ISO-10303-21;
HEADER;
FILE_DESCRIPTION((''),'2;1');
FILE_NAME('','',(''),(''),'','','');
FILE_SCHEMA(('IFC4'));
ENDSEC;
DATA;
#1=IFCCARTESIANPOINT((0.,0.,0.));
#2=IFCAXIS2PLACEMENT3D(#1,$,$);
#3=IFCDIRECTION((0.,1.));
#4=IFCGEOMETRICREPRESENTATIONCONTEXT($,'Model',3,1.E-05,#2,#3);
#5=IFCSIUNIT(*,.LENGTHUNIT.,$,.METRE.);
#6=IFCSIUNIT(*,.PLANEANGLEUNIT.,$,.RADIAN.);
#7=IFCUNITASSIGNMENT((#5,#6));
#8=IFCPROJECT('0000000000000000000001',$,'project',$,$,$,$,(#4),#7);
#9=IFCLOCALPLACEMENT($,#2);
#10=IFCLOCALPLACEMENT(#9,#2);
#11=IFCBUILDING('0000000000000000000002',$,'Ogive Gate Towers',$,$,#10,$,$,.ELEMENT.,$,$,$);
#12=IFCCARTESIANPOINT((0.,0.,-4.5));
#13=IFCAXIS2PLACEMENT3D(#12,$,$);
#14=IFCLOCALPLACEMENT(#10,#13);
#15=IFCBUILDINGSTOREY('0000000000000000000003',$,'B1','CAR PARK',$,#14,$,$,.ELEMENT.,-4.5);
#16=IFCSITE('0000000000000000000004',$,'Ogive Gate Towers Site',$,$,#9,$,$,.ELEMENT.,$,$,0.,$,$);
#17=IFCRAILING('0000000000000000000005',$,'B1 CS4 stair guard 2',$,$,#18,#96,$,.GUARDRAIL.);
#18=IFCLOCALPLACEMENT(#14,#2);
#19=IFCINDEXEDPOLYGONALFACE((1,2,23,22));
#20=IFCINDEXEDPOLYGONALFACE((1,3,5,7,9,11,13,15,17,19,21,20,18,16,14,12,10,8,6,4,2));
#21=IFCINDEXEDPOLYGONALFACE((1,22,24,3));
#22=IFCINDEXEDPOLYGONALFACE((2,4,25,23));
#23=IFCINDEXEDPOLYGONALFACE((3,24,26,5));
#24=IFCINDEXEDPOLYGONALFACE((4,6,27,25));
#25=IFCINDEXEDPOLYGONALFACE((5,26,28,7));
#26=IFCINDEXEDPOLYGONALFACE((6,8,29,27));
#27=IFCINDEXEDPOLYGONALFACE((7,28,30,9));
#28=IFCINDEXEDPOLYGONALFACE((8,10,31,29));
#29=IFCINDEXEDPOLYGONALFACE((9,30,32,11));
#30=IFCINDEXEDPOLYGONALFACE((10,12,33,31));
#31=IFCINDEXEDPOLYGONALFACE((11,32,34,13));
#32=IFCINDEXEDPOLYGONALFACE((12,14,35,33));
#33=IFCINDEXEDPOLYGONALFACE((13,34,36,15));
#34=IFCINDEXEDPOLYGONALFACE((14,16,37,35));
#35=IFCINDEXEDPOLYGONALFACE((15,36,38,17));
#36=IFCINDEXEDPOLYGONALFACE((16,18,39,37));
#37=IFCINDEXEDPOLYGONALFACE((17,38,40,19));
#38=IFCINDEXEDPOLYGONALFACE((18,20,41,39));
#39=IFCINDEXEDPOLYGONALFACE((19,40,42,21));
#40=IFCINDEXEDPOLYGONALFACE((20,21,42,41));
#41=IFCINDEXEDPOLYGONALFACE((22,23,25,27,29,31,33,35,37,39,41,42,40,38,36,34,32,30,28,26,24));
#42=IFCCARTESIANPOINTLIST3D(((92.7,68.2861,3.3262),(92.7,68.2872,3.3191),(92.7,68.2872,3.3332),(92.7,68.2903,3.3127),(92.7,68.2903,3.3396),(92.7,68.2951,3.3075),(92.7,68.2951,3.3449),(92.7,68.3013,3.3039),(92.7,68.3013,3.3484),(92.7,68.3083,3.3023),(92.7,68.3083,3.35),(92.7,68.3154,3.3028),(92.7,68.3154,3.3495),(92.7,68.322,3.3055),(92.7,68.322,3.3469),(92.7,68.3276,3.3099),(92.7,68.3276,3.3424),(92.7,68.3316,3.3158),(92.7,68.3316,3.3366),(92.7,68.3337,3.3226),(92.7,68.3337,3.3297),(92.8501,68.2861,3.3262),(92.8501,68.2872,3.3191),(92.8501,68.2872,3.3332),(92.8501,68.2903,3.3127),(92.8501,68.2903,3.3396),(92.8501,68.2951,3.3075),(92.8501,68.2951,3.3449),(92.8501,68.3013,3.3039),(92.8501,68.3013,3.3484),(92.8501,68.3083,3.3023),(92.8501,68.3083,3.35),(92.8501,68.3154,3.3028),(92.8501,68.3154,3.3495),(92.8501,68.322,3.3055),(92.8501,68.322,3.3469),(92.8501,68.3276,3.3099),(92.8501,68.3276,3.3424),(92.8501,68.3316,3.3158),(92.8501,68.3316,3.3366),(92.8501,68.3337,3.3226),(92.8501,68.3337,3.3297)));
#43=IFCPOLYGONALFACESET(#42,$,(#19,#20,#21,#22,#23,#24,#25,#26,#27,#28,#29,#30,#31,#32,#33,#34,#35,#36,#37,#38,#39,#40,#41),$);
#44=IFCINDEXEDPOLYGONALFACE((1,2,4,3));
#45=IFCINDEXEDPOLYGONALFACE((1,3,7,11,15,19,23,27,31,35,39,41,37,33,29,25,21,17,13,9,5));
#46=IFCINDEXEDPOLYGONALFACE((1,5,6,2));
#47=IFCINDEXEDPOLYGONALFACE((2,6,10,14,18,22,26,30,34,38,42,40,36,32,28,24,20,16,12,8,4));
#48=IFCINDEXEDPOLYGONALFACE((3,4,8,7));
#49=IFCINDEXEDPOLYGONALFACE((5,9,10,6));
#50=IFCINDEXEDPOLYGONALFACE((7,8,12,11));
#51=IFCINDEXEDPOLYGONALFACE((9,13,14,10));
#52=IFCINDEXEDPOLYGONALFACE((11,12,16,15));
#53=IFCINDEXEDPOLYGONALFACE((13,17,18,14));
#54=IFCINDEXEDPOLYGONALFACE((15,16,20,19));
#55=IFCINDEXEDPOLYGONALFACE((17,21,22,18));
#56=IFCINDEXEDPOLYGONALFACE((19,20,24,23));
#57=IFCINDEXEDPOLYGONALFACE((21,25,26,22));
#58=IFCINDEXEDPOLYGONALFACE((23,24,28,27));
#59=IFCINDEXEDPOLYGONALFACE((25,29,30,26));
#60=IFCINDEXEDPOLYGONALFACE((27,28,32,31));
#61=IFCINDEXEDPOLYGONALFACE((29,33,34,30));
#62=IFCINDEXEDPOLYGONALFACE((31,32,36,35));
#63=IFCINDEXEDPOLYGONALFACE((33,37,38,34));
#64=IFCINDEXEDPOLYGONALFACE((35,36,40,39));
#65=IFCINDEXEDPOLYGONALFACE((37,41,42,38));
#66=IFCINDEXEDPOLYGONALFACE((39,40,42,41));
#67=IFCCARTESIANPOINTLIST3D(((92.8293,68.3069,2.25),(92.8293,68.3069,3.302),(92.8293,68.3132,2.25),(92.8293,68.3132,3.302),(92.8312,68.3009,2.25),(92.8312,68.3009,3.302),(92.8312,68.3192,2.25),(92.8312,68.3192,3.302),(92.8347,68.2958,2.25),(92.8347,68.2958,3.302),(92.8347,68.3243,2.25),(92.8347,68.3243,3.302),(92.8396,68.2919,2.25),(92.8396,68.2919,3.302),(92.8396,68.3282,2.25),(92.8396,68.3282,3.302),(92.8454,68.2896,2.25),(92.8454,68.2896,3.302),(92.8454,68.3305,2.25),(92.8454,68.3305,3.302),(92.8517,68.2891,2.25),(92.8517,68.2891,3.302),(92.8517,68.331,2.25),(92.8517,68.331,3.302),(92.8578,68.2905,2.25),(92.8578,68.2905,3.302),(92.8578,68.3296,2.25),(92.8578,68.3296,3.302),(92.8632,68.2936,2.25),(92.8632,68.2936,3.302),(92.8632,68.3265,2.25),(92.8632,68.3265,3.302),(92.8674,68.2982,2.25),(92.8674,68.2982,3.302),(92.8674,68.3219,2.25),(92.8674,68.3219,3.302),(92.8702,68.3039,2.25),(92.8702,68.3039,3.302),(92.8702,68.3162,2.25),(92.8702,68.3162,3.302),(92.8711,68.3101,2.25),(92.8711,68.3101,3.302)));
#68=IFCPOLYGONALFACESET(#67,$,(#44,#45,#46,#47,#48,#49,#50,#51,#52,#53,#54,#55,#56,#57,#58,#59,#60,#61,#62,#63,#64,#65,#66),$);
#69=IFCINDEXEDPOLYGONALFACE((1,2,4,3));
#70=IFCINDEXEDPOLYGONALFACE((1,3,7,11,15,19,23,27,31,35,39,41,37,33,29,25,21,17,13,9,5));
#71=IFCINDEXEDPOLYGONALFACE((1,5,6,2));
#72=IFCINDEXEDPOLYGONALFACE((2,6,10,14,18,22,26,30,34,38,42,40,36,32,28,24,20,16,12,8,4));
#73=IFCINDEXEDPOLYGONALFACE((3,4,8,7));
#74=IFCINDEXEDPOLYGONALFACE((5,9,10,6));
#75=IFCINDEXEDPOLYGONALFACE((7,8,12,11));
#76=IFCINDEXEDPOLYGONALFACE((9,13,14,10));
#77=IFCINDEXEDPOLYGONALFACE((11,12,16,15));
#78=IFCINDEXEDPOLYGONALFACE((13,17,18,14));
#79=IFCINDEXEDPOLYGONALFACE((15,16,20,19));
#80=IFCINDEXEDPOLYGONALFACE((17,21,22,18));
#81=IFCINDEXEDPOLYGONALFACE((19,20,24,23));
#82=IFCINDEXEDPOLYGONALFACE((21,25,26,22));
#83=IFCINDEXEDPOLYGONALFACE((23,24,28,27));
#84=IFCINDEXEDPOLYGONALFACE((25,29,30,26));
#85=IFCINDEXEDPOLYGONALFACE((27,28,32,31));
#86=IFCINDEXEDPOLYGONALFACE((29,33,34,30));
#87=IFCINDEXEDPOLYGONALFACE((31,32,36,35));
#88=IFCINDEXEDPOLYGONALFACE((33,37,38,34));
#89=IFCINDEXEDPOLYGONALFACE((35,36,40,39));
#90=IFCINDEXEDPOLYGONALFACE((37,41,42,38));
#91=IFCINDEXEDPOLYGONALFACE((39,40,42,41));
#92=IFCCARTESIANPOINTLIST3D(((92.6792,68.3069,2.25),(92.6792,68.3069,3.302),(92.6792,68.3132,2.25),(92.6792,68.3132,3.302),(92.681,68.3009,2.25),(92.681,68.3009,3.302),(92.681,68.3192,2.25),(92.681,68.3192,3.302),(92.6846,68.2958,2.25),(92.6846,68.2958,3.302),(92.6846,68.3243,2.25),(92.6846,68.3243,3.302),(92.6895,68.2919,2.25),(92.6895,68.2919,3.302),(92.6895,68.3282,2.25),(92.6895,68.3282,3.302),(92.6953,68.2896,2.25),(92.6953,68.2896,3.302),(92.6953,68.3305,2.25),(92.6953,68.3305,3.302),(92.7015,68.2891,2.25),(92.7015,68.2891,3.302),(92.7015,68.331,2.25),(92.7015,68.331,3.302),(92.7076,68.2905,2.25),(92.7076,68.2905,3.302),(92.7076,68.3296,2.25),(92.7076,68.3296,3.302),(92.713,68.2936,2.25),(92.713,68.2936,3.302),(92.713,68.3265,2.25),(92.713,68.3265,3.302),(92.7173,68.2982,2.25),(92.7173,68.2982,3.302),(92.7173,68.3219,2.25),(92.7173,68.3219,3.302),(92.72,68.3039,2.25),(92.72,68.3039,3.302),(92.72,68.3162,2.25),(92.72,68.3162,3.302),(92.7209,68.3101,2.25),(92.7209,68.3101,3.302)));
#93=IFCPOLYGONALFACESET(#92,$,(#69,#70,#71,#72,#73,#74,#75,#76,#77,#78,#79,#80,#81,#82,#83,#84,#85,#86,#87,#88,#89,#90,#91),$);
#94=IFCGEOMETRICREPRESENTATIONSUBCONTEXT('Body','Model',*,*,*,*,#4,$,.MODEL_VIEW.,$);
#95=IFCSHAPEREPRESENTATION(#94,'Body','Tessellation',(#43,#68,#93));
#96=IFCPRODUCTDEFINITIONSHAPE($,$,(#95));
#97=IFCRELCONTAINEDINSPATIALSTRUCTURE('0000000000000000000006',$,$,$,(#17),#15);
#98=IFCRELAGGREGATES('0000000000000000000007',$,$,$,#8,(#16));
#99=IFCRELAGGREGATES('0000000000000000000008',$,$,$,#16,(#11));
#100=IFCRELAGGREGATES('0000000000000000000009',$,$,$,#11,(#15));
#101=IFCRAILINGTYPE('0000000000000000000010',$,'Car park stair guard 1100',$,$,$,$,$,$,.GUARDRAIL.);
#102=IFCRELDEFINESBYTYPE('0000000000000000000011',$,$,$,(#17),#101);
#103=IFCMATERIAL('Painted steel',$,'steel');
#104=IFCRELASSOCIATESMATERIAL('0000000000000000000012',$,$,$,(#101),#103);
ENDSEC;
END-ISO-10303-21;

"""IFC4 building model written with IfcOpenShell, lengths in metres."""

from ifc_helpers import new_model, si_unit, direction, frame, origin, origin_2d, place, context, subcontext, project, spatial, circle, extrude, material, type_object, element, save


model = new_model("IFC4")

# Units and contexts
model_context = context("Model", 3, precision=1e-05, world=origin(), true_north=direction((0.0, 1.0)))
body_context = subcontext(model_context, "Body", "Model", "MODEL_VIEW")
ifc_project = project(units=[si_unit("LENGTHUNIT", "METRE"), si_unit("PLANEANGLEUNIT", "RADIAN")], contexts=[model_context])

# Site, building, storey
site_placement = place(None, origin())
site = spatial("IfcSite", under=ifc_project, at=site_placement, Name="Ogive Gate Towers Site", CompositionType="ELEMENT", RefElevation=0.0)
building_placement = place(site_placement, origin())
building = spatial("IfcBuilding", under=site, at=building_placement, Name="Ogive Gate Towers", CompositionType="ELEMENT")
storey_placement = place(building_placement, frame((0.0, 0.0, -4.5)))
storey = spatial("IfcBuildingStorey", under=building, at=storey_placement, Name="B1", Description="CAR PARK", CompositionType="ELEMENT", Elevation=-4.5)

# Railing
ifc_material_1 = material(Name="Painted steel", Category="steel")
railing_type_1 = type_object("IfcRailingType", Name="Car park stair guard 1100", PredefinedType="GUARDRAIL", material=ifc_material_1)
railing_1_placement = place(storey_placement, frame((92.8501, 68.3101, 2.25)))
element("IfcRailing", 1, at=railing_1_placement, inside=storey, type_object=railing_type_1, Name="B1 CS4 stair guard 2", PredefinedType="GUARDRAIL", context=body_context, shape_type="SweptSolid", body=[
    extrude(circle(Radius=0.0239, at=origin_2d()), frame((0.0, 0.0, 1.0762), z_axis=(-1.0, 0.0, 0.0), x_axis=(0.0, -1.0, 0.0)), (0.0, 0.0, 1.0), 0.1501),
    extrude(circle(Radius=0.021, at=origin_2d()), origin(), (0.0, 0.0, 1.0), 1.052),
    extrude(circle(Radius=0.021, at=origin_2d()), frame((-0.1501, 0.0, 0.0)), (0.0, 0.0, 1.0), 1.052),
])

save(model, "model.ifc")
